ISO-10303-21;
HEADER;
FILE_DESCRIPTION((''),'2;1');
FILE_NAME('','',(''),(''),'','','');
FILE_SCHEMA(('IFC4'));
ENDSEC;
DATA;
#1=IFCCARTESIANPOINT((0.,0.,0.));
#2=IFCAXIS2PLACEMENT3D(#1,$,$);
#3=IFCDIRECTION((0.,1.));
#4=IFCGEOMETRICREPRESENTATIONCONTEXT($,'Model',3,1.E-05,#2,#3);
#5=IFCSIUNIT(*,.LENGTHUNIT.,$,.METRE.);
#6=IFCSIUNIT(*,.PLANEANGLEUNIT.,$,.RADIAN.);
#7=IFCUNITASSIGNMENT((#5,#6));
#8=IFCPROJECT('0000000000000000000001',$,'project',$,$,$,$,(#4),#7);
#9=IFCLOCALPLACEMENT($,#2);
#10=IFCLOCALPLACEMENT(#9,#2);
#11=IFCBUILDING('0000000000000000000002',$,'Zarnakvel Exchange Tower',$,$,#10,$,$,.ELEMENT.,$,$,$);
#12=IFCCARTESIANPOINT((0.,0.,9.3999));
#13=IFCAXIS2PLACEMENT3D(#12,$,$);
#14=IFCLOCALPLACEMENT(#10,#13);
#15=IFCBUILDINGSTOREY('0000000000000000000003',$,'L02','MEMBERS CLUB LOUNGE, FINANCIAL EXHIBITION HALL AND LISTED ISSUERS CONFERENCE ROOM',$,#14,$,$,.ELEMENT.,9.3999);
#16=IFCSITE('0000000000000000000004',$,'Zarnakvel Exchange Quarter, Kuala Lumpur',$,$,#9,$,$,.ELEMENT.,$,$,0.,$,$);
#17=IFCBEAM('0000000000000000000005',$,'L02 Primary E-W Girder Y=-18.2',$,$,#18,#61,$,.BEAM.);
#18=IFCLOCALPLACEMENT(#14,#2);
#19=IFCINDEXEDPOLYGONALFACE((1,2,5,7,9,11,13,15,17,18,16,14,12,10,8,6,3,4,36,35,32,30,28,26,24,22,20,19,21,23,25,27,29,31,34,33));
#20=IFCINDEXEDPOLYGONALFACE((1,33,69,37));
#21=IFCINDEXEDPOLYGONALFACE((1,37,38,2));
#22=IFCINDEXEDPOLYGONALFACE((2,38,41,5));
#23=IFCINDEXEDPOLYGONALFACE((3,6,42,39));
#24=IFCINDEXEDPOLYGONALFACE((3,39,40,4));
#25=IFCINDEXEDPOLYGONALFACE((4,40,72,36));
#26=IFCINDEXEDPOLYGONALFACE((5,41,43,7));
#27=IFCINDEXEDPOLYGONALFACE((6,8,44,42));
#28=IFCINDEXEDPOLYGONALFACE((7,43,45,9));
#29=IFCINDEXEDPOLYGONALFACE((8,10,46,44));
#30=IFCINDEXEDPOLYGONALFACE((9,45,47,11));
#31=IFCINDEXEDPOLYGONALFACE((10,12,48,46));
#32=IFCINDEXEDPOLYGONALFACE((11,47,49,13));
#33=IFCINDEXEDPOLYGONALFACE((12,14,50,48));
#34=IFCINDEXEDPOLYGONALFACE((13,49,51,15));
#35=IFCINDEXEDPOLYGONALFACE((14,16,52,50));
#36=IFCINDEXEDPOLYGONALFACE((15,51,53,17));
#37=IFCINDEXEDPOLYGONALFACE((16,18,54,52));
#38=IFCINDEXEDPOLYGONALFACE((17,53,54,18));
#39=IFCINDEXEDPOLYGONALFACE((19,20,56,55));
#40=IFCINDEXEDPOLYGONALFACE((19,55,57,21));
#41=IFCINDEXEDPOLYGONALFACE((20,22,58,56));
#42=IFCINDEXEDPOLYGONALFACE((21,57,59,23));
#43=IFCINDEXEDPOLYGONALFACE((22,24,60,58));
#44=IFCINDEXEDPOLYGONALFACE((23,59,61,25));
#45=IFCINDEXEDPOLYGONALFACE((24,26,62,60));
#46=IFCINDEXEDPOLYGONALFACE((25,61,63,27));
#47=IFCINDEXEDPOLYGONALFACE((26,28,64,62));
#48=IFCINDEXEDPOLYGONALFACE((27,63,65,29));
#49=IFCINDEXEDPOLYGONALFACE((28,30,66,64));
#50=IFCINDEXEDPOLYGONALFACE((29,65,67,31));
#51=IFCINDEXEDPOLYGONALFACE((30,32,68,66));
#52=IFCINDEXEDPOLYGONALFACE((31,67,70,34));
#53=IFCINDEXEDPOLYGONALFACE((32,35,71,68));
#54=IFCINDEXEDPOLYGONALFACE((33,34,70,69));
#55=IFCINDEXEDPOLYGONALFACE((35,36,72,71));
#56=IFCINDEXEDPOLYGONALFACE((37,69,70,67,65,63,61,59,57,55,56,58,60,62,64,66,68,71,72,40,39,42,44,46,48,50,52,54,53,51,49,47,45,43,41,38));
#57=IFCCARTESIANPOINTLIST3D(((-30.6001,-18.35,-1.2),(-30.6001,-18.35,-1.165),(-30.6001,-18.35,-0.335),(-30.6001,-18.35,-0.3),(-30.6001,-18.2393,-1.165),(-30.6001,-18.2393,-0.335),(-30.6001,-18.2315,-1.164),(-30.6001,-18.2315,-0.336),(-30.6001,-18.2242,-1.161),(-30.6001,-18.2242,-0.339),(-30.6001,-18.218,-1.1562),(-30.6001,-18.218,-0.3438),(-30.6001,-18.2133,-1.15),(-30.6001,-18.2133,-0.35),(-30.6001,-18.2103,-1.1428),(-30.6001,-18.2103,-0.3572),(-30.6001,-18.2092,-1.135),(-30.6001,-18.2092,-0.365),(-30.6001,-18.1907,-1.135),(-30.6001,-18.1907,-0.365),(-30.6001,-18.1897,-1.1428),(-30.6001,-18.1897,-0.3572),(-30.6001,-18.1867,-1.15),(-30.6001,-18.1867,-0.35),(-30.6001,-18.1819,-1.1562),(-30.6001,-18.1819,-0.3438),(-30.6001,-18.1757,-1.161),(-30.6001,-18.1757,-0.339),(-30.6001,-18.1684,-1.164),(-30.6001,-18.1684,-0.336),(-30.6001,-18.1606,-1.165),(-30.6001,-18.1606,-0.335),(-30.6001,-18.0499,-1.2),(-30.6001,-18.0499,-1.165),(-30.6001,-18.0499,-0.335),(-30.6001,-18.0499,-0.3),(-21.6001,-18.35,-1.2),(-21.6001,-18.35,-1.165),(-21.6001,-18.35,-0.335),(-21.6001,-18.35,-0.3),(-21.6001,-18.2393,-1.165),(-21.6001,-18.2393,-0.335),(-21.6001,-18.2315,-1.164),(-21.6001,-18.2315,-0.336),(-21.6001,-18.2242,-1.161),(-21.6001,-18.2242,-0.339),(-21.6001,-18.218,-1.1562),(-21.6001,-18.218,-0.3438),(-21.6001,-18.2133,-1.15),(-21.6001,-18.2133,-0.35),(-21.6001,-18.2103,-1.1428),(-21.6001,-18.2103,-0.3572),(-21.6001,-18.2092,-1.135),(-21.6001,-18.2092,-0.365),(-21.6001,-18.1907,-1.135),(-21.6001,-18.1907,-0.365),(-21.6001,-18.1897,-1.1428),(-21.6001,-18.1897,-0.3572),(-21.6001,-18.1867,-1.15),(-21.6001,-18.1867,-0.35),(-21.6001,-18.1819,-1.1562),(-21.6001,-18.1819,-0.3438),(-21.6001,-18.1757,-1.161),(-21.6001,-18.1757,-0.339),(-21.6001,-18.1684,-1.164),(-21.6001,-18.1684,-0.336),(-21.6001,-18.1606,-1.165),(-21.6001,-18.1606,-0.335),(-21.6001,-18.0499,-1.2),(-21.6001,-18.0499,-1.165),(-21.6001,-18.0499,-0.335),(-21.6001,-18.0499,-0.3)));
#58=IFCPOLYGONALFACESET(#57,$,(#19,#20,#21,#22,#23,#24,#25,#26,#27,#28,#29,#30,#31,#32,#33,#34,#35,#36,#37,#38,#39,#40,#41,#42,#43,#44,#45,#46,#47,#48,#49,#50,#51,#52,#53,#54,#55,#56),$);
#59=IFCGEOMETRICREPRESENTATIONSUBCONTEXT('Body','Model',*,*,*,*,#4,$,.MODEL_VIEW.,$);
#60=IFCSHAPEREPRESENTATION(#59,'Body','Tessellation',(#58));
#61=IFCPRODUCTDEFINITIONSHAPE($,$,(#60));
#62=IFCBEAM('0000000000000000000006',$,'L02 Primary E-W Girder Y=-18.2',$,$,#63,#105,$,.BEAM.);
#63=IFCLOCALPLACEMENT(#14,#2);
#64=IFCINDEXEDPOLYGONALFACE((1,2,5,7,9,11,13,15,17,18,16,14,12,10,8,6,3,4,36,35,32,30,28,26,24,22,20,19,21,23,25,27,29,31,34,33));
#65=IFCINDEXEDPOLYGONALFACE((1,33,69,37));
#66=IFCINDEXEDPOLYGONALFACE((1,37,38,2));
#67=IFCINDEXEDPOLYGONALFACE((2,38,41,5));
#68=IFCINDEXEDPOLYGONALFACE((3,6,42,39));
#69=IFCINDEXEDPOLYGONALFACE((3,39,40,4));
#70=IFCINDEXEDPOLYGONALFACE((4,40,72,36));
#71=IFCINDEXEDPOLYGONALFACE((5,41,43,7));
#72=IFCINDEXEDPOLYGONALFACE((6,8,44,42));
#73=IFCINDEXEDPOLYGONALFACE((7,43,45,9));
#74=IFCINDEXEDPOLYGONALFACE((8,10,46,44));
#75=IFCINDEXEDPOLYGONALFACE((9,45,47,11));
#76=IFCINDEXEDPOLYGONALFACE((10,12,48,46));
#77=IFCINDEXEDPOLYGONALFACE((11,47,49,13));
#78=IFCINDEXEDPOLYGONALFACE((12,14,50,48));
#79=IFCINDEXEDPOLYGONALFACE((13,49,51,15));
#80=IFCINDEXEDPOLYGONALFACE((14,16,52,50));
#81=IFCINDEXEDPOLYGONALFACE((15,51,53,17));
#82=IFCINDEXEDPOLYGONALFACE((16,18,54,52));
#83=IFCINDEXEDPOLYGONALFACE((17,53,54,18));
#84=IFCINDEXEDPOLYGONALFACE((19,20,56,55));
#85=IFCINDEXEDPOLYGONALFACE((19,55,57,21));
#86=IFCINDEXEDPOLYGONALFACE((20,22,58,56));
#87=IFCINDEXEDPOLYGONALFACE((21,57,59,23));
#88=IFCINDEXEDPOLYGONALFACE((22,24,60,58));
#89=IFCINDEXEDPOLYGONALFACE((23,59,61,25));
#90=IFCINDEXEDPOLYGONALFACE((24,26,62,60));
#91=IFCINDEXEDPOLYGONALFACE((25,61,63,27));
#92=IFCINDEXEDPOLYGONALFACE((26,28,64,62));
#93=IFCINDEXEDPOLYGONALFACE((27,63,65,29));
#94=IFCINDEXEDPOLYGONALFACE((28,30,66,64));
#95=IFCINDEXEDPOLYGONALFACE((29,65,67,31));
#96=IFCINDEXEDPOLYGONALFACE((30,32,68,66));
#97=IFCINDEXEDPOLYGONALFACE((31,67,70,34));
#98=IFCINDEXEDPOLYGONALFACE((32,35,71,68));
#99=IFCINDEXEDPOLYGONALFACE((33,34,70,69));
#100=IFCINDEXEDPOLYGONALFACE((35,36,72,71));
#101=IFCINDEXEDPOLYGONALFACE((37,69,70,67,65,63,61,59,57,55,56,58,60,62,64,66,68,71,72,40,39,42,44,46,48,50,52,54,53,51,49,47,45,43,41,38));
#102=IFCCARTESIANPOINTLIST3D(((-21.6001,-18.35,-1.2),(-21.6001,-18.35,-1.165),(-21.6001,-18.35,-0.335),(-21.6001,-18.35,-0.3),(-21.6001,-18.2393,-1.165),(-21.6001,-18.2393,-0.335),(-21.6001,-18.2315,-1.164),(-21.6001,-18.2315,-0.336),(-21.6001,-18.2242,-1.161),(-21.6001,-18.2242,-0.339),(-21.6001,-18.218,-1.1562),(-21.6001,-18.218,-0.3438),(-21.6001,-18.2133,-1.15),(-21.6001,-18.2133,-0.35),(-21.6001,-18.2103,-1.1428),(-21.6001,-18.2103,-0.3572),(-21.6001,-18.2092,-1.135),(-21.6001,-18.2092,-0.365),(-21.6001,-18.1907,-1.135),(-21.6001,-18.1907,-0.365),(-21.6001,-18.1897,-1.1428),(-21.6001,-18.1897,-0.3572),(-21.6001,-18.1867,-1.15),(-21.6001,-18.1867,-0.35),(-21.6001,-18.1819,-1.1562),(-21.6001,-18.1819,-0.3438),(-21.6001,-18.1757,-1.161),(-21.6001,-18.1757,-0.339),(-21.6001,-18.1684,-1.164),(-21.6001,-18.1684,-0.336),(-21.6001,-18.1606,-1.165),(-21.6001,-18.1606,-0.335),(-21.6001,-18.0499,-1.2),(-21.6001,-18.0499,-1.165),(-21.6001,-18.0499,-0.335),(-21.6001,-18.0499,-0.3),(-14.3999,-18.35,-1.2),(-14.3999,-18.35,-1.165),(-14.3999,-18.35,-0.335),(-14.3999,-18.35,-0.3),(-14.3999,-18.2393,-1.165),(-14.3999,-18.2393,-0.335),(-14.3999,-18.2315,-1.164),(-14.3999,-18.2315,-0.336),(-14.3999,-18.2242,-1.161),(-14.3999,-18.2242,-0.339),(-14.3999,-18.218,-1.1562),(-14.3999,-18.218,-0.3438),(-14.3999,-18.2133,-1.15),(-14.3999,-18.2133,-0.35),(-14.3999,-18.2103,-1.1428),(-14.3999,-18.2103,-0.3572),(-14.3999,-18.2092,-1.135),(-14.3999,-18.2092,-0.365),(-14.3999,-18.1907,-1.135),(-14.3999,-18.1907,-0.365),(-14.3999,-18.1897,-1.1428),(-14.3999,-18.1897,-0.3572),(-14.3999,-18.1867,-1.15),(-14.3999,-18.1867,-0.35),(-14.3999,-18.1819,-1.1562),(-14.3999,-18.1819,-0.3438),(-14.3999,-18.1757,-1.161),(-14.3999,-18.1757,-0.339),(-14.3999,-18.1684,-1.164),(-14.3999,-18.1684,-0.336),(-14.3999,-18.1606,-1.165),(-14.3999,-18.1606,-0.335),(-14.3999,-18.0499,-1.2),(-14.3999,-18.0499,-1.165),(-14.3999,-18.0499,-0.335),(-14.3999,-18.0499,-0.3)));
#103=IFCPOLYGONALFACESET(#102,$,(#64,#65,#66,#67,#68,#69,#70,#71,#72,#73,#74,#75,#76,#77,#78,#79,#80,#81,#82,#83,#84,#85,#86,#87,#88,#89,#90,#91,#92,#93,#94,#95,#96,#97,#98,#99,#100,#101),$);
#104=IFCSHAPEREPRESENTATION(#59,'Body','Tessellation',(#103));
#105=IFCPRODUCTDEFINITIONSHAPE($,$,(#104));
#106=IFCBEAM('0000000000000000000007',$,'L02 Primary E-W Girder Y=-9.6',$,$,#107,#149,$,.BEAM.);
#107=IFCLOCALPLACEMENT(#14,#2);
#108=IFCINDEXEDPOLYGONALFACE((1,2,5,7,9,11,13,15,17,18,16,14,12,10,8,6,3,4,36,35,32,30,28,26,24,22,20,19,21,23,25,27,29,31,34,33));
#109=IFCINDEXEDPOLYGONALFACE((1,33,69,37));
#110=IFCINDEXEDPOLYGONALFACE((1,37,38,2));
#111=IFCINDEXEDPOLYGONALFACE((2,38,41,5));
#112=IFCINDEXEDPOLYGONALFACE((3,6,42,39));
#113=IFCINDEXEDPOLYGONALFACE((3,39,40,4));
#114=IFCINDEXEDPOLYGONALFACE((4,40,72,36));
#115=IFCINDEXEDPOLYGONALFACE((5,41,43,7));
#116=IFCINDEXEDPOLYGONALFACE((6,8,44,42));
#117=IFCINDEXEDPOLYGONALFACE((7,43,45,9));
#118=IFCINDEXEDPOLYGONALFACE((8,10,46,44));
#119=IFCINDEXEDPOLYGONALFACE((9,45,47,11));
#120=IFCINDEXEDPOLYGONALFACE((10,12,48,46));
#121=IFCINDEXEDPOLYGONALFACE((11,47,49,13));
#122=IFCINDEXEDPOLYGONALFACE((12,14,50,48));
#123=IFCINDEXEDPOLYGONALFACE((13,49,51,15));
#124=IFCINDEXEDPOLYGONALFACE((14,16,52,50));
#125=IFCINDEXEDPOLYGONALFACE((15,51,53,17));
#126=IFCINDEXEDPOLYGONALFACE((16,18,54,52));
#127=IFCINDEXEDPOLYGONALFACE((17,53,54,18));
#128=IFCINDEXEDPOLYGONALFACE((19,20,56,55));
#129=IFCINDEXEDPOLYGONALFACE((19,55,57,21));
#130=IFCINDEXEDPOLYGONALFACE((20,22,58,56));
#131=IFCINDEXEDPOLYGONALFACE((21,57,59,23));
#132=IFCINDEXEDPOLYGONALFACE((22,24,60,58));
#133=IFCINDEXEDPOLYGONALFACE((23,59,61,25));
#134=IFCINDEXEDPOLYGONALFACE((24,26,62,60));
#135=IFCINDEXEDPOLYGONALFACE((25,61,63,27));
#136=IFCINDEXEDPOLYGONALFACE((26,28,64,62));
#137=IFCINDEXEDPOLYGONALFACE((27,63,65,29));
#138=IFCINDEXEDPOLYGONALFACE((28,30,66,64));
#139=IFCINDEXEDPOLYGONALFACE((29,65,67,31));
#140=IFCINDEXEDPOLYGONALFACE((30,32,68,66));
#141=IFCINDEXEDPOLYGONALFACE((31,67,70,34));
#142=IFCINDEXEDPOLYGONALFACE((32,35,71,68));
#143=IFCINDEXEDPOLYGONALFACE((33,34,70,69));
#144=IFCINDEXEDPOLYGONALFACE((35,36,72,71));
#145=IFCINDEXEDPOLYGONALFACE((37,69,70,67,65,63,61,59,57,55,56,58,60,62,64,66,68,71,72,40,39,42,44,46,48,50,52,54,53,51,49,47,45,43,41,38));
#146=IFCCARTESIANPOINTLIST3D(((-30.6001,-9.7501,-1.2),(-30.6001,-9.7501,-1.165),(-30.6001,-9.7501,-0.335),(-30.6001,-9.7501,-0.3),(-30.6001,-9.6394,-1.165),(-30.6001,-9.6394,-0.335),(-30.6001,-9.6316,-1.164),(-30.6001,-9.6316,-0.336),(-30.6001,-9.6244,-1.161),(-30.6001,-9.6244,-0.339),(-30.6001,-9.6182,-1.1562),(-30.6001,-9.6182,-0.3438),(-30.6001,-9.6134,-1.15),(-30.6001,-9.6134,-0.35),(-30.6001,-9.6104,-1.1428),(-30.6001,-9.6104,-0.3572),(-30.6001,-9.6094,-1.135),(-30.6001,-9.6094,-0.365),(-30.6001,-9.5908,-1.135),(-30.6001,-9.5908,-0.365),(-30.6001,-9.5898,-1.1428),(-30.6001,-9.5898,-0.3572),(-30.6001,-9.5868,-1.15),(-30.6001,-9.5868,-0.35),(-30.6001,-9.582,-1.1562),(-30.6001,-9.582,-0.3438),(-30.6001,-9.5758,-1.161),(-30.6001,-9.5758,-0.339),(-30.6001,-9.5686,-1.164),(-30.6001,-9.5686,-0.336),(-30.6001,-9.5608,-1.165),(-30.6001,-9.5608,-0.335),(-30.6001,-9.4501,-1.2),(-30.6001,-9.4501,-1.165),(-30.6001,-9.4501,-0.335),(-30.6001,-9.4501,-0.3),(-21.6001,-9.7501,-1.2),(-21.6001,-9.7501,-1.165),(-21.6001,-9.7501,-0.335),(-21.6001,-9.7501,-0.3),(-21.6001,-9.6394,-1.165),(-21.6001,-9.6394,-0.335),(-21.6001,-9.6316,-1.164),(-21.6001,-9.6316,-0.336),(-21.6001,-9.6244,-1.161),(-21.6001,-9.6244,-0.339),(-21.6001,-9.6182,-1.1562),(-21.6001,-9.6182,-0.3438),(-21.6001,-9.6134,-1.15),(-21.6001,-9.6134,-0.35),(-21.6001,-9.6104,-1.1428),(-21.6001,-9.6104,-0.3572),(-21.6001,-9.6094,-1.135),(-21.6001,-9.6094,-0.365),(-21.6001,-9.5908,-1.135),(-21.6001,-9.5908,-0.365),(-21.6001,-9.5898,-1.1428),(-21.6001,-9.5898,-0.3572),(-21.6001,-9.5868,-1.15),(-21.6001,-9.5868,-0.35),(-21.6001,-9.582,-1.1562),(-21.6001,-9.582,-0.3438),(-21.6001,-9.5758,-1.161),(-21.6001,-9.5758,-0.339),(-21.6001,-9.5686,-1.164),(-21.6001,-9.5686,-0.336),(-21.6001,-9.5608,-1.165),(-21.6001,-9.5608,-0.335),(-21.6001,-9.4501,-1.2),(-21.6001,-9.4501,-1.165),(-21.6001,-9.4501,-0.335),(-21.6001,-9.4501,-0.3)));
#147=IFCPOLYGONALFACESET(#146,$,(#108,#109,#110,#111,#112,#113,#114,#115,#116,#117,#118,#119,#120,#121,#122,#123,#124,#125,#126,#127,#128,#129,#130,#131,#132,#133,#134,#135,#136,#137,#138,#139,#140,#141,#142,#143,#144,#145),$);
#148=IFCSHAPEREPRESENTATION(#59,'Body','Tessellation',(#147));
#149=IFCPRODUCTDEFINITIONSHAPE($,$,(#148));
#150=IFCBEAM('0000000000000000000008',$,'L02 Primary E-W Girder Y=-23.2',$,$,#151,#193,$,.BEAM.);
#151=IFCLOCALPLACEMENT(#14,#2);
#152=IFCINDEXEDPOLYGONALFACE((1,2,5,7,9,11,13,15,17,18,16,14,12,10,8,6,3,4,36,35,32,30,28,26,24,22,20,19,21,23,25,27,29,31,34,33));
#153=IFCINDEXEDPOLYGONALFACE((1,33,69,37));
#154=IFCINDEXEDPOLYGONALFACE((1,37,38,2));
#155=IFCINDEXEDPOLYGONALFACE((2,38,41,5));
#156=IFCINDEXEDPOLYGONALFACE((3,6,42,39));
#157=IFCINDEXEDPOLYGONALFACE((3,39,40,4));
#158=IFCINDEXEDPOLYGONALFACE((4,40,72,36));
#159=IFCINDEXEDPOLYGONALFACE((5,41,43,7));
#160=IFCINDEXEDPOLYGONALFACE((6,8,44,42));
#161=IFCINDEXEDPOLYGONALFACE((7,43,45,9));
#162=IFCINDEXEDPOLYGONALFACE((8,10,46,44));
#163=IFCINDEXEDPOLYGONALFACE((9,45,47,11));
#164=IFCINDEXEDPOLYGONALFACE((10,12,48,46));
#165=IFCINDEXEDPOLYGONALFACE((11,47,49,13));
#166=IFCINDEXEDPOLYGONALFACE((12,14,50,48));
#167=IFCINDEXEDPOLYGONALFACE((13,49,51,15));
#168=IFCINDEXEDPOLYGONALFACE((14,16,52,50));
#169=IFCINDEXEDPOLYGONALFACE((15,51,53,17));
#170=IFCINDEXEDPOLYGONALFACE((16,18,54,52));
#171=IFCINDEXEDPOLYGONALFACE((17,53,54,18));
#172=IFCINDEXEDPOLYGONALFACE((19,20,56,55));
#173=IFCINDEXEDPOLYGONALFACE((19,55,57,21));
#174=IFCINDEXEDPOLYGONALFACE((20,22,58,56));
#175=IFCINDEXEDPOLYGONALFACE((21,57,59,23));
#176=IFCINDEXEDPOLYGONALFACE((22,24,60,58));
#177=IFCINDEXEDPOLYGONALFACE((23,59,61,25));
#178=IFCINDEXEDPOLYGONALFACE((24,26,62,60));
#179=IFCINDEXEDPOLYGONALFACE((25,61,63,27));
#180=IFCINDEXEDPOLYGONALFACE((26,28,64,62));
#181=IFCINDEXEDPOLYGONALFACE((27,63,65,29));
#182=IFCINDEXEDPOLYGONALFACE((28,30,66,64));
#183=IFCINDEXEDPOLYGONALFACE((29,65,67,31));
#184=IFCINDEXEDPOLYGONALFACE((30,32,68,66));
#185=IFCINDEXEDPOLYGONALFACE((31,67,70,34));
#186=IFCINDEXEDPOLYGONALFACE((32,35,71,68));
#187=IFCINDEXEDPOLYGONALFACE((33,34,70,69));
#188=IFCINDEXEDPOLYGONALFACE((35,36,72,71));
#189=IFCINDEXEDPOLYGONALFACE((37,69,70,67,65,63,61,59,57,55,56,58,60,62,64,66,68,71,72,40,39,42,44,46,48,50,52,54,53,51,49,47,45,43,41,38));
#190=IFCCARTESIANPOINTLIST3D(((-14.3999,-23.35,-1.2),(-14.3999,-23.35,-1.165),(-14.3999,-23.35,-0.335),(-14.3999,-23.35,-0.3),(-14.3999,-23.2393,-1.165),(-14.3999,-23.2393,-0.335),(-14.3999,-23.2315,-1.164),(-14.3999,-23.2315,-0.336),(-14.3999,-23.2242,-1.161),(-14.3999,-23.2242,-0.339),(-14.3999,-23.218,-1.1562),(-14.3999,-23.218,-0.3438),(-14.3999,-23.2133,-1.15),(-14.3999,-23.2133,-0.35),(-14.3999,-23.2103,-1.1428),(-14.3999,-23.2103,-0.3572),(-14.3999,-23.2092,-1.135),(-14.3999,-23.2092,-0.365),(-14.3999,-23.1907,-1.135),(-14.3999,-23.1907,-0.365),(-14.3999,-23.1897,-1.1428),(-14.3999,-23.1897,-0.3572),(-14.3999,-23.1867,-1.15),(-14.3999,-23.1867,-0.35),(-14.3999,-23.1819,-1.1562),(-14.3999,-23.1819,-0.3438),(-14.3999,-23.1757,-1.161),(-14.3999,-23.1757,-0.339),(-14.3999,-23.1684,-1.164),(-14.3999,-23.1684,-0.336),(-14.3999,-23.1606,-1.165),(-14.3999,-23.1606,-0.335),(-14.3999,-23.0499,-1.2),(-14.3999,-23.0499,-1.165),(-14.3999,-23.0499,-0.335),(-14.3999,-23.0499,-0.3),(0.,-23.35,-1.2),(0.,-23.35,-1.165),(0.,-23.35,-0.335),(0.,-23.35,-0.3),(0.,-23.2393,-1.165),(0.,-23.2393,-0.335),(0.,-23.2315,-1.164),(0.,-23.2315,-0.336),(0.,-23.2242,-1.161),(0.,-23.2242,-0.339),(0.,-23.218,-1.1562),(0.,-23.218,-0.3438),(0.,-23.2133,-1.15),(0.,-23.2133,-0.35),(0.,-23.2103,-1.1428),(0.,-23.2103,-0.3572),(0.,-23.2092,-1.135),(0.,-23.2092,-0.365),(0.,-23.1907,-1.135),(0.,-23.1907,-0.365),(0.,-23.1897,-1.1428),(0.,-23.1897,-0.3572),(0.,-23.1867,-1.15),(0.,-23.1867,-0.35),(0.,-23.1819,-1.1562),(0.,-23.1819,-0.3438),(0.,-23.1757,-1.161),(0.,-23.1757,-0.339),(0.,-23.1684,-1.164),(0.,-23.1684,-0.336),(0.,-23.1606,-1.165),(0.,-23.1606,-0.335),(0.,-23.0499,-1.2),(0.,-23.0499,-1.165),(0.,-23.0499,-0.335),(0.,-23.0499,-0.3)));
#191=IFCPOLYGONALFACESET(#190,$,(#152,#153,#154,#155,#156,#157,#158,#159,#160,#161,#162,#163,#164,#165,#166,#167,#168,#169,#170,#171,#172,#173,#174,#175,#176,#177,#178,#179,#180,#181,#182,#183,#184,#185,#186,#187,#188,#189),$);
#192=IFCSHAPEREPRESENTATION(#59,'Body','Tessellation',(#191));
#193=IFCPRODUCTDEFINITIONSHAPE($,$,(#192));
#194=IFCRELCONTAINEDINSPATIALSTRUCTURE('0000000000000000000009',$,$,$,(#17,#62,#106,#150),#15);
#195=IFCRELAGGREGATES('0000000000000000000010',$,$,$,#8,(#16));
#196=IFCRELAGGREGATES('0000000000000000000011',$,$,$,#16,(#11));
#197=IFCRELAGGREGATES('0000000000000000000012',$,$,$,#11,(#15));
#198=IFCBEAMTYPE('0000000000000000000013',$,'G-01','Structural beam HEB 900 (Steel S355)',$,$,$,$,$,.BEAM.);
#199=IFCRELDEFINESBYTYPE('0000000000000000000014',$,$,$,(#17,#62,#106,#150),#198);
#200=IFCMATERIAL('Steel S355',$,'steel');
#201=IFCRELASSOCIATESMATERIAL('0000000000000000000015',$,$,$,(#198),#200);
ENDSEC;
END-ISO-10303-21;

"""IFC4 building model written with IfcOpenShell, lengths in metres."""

from ifc_helpers import new_model, si_unit, direction, frame, origin, origin_2d, place, context, subcontext, project, spatial, i_section, extrude, material, material_profile, profile_set, type_object, element, save


model = new_model("IFC4")

# Units and contexts
model_context = context("Model", 3, precision=1e-05, world=origin(), true_north=direction((0.0, 1.0)))
body_context = subcontext(model_context, "Body", "Model", "MODEL_VIEW")
ifc_project = project(units=[si_unit("LENGTHUNIT", "METRE"), si_unit("PLANEANGLEUNIT", "RADIAN")], contexts=[model_context])

# Site, building, storey
site_placement = place(None, origin())
site = spatial("IfcSite", under=ifc_project, at=site_placement, Name="Zarnakvel Exchange Quarter, Kuala Lumpur", CompositionType="ELEMENT", RefElevation=0.0)
building_placement = place(site_placement, origin())
building = spatial("IfcBuilding", under=site, at=building_placement, Name="Zarnakvel Exchange Tower", CompositionType="ELEMENT")
storey_placement = place(building_placement, frame((0.0, 0.0, 9.3999)))
storey = spatial("IfcBuildingStorey", under=building, at=storey_placement, Name="L02", Description="MEMBERS CLUB LOUNGE, FINANCIAL EXHIBITION HALL AND LISTED ISSUERS CONFERENCE ROOM", CompositionType="ELEMENT", Elevation=9.3999)

# Beams
ifc_material_1 = material(Name="Steel S355", Category="steel")
ifc_material_profile_1 = material_profile(ifc_material_1, i_section(OverallWidth=0.3, OverallDepth=0.8999, WebThickness=0.0186, FlangeThickness=0.0349, FilletRadius=0.03, at=origin_2d()))
ifc_profile_set_1 = profile_set([ifc_material_profile_1], Name="Steel S355")
beam_type_1 = type_object("IfcBeamType", Name="G-01", Description="Structural beam HEB 900 (Steel S355)", PredefinedType="BEAM", material=ifc_profile_set_1)
beam_1_placement = place(storey_placement, frame((-30.6001, -18.2, -0.75), z_axis=(1.0, 0.0, 0.0), x_axis=(0.0, 1.0, 0.0)))
element("IfcBeam", 1, at=beam_1_placement, inside=storey, type_object=beam_type_1, Name="L02 Primary E-W Girder Y=-18.2", PredefinedType="BEAM", context=body_context, shape_type="SweptSolid", body=[
    extrude(i_section(OverallWidth=0.3, OverallDepth=0.8999, WebThickness=0.0186, FlangeThickness=0.0349, FilletRadius=0.03, at=origin_2d()), origin(), (0.0, 0.0, 1.0), 9.0),
])
beam_2_placement = place(storey_placement, frame((-21.6001, -18.2, -0.75), z_axis=(1.0, 0.0, 0.0), x_axis=(0.0, 1.0, 0.0)))
element("IfcBeam", 2, at=beam_2_placement, inside=storey, type_object=beam_type_1, Name="L02 Primary E-W Girder Y=-18.2", PredefinedType="BEAM", context=body_context, shape_type="SweptSolid", body=[
    extrude(i_section(OverallWidth=0.3, OverallDepth=0.8999, WebThickness=0.0186, FlangeThickness=0.0349, FilletRadius=0.03, at=origin_2d()), origin(), (0.0, 0.0, 1.0), 7.2002),
])
beam_3_placement = place(storey_placement, frame((-30.6001, -9.6001, -0.75), z_axis=(1.0, 0.0, 0.0), x_axis=(0.0, 1.0, 0.0)))
element("IfcBeam", 3, at=beam_3_placement, inside=storey, type_object=beam_type_1, Name="L02 Primary E-W Girder Y=-9.6", PredefinedType="BEAM", context=body_context, shape_type="SweptSolid", body=[
    extrude(i_section(OverallWidth=0.3, OverallDepth=0.8999, WebThickness=0.0186, FlangeThickness=0.0349, FilletRadius=0.03, at=origin_2d()), origin(), (0.0, 0.0, 1.0), 9.0),
])
beam_4_placement = place(storey_placement, frame((-14.3999, -23.2, -0.75), z_axis=(1.0, 0.0, 0.0), x_axis=(0.0, 1.0, 0.0)))
element("IfcBeam", 4, at=beam_4_placement, inside=storey, type_object=beam_type_1, Name="L02 Primary E-W Girder Y=-23.2", PredefinedType="BEAM", context=body_context, shape_type="SweptSolid", body=[
    extrude(i_section(OverallWidth=0.3, OverallDepth=0.8999, WebThickness=0.0186, FlangeThickness=0.0349, FilletRadius=0.03, at=origin_2d()), origin(), (0.0, 0.0, 1.0), 14.3999),
])

save(model, "model.ifc")
